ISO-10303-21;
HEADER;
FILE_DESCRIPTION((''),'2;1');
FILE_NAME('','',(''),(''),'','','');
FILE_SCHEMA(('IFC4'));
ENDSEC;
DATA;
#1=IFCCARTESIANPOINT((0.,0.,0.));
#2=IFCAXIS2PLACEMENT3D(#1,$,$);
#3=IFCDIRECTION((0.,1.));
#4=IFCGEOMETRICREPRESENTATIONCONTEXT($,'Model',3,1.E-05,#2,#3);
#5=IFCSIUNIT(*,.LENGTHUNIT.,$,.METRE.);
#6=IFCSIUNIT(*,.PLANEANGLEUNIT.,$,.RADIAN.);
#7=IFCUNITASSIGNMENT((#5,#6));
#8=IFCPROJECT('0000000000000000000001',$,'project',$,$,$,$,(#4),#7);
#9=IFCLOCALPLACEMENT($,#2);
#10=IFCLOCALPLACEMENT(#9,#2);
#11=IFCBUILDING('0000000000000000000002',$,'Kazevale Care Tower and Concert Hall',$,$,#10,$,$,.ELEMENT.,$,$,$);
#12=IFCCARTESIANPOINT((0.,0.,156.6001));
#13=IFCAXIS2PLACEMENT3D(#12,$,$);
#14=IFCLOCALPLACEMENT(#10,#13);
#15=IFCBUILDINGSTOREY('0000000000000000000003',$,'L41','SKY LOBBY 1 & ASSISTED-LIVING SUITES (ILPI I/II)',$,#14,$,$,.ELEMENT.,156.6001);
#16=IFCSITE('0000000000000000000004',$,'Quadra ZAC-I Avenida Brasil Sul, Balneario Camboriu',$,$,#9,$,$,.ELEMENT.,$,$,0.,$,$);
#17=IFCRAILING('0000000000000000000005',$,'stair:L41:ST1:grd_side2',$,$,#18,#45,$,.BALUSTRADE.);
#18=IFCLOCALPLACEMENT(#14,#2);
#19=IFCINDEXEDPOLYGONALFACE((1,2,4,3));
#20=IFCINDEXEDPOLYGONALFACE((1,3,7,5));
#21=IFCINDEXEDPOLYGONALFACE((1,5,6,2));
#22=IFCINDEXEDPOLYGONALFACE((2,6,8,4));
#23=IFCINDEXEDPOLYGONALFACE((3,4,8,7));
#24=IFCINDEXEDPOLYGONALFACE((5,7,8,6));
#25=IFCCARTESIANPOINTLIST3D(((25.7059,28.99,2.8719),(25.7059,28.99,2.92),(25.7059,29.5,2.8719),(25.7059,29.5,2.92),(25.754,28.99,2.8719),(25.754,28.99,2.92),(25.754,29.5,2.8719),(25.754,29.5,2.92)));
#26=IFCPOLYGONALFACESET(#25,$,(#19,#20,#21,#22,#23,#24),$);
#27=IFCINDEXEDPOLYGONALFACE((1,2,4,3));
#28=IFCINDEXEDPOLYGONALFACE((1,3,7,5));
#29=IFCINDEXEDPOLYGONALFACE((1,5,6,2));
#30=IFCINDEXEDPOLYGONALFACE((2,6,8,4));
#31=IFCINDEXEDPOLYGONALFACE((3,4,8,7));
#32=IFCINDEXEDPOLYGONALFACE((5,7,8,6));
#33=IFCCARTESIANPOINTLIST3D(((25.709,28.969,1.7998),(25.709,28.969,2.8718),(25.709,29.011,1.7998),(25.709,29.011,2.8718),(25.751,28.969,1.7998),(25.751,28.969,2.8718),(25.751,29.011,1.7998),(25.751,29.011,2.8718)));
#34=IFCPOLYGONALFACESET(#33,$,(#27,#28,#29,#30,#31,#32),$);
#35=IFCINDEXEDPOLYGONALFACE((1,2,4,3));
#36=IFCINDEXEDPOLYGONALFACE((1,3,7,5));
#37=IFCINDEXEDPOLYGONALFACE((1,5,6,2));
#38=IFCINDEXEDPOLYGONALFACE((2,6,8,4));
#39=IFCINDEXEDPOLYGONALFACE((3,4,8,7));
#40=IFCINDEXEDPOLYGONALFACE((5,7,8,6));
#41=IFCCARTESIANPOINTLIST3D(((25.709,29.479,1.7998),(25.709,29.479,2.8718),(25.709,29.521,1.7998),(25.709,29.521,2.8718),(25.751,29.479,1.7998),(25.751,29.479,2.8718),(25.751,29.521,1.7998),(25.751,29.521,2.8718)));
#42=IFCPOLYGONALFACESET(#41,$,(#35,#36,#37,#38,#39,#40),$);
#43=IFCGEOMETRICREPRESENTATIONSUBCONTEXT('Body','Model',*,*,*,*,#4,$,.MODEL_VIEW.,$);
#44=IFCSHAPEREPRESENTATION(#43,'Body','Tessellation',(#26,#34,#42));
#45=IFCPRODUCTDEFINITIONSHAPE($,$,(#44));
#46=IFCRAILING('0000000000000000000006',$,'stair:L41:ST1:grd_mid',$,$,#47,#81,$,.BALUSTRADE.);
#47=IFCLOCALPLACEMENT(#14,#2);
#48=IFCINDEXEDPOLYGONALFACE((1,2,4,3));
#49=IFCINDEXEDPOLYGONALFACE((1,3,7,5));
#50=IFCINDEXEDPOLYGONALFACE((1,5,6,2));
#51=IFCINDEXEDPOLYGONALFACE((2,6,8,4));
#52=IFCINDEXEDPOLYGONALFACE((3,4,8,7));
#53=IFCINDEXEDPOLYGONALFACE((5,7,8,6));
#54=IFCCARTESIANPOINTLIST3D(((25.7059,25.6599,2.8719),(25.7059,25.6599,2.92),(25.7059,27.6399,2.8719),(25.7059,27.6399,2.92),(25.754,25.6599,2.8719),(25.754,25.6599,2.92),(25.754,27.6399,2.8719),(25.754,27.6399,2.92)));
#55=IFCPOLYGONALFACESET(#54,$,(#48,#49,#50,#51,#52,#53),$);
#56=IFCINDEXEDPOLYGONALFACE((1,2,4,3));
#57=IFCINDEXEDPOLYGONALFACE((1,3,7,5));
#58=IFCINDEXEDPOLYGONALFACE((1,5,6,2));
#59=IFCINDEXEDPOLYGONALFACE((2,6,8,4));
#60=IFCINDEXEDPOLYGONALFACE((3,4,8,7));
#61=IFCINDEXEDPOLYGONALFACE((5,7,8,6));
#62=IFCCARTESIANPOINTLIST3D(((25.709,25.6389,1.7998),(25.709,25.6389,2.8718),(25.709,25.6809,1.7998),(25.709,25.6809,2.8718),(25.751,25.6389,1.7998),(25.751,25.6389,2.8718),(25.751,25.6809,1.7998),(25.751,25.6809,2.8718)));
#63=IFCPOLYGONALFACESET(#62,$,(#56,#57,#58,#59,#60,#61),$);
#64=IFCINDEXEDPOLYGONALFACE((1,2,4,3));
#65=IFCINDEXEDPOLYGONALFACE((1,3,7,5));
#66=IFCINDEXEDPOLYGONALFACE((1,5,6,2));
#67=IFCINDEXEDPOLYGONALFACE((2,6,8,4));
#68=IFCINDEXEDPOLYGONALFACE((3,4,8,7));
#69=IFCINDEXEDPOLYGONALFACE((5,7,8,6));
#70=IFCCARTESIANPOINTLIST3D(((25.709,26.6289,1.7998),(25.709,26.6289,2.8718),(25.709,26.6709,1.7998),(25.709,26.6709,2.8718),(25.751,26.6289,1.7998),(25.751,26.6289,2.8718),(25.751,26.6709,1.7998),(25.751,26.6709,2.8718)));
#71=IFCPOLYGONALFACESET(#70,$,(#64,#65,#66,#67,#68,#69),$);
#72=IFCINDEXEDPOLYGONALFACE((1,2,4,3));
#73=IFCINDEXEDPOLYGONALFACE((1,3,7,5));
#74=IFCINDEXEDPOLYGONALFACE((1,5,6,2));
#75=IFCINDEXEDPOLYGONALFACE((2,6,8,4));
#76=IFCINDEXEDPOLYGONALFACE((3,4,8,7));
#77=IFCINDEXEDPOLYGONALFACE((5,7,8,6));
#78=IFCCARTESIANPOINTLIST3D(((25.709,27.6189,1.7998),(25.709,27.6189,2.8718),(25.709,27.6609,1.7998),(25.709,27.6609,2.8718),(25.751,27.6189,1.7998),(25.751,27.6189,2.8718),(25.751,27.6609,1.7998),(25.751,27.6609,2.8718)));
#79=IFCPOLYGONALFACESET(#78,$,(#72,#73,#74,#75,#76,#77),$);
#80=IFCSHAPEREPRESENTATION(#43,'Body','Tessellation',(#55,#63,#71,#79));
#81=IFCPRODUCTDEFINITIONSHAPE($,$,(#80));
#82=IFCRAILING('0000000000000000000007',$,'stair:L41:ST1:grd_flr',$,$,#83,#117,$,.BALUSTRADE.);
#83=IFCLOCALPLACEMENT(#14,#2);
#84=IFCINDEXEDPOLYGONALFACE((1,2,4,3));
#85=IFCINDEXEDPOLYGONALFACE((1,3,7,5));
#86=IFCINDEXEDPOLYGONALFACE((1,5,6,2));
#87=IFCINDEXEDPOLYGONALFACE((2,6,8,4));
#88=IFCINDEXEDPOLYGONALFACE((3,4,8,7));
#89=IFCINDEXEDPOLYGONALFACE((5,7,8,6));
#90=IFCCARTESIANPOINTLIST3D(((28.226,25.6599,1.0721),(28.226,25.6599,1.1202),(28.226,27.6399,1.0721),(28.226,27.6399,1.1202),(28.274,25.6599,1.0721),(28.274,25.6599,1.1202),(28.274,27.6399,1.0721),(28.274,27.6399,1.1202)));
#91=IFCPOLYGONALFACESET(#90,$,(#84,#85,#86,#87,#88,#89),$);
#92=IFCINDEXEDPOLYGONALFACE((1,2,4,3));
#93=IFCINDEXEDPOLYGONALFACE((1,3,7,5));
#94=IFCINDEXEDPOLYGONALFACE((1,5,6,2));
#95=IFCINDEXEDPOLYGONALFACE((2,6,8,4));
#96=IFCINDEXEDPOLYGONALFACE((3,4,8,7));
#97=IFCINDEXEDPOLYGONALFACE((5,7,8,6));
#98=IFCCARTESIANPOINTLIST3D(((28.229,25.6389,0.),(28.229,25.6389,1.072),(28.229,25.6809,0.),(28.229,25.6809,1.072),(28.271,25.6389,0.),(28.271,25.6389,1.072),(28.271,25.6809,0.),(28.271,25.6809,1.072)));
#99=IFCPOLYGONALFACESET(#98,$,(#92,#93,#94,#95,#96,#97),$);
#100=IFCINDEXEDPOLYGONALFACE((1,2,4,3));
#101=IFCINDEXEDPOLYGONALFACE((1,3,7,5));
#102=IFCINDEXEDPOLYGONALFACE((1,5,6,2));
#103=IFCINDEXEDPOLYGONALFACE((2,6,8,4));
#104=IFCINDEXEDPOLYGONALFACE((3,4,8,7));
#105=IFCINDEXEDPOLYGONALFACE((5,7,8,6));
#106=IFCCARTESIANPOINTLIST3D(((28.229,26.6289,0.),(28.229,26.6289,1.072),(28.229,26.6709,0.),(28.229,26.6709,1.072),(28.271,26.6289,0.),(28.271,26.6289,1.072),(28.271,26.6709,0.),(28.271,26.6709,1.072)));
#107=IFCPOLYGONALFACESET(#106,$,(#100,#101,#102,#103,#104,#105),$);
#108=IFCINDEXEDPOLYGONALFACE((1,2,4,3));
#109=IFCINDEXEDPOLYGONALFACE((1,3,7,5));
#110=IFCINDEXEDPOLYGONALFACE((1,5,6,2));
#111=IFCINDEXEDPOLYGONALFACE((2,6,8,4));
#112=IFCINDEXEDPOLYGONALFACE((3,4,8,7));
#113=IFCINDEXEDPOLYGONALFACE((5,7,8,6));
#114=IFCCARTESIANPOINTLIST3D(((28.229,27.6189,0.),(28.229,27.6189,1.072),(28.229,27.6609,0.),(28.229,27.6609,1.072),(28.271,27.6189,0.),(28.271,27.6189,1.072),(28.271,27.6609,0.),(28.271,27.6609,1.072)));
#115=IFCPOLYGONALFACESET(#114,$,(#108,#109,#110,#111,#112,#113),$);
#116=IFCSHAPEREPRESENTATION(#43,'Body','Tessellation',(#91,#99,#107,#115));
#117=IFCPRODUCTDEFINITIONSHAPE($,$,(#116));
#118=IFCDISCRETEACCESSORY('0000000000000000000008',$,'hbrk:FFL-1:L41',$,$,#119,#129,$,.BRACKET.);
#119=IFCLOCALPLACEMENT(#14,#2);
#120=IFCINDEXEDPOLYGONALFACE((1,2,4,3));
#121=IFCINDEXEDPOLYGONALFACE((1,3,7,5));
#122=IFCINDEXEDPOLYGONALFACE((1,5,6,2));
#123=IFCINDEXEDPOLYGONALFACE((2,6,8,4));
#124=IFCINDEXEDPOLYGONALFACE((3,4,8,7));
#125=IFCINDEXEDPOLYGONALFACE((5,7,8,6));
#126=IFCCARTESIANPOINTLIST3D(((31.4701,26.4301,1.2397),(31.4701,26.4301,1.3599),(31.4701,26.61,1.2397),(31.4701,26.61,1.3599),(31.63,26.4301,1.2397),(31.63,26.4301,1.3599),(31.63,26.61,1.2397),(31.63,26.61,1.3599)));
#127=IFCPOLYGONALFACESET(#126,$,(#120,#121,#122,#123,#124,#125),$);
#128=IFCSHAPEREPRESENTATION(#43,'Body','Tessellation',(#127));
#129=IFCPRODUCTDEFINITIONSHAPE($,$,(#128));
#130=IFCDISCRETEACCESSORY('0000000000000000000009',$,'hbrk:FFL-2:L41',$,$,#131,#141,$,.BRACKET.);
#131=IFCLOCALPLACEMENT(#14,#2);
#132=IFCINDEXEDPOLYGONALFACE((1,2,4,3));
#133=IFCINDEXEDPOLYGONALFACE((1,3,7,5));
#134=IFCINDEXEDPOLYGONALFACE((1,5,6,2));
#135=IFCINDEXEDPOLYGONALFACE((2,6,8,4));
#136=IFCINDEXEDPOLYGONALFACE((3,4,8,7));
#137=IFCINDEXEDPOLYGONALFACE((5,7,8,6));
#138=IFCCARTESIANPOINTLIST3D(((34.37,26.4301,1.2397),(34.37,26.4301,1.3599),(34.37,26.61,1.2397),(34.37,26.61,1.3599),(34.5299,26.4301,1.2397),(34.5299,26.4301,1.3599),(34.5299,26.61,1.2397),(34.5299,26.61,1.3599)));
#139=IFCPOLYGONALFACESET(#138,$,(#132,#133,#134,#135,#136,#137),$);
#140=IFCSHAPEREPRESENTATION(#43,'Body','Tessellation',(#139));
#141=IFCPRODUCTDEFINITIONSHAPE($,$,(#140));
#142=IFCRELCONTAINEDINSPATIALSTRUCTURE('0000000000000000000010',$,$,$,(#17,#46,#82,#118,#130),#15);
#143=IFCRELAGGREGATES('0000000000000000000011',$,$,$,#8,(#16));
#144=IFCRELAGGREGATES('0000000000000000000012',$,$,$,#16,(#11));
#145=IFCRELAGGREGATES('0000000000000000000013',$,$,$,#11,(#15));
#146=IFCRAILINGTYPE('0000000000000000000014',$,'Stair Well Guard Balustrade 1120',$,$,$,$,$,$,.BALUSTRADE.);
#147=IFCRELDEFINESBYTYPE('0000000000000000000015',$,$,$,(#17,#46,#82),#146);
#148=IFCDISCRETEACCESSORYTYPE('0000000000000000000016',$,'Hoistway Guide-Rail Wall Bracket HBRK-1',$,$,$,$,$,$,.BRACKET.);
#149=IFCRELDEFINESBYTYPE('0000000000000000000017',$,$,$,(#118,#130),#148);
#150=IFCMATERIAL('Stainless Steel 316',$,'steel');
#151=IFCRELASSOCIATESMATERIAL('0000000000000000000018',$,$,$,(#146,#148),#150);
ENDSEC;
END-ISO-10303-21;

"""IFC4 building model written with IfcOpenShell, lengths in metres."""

from ifc_helpers import new_model, si_unit, direction, frame, origin, origin_2d, place, context, subcontext, project, spatial, rectangle, extrude, material, type_object, element, save


model = new_model("IFC4")

# Units and contexts
model_context = context("Model", 3, precision=1e-05, world=origin(), true_north=direction((0.0, 1.0)))
body_context = subcontext(model_context, "Body", "Model", "MODEL_VIEW")
ifc_project = project(units=[si_unit("LENGTHUNIT", "METRE"), si_unit("PLANEANGLEUNIT", "RADIAN")], contexts=[model_context])

# Site, building, storey
site_placement = place(None, origin())
site = spatial("IfcSite", under=ifc_project, at=site_placement, Name="Quadra ZAC-I Avenida Brasil Sul, Balneario Camboriu", CompositionType="ELEMENT", RefElevation=0.0)
building_placement = place(site_placement, origin())
building = spatial("IfcBuilding", under=site, at=building_placement, Name="Kazevale Care Tower and Concert Hall", CompositionType="ELEMENT")
storey_placement = place(building_placement, frame((0.0, 0.0, 156.6001)))
storey = spatial("IfcBuildingStorey", under=building, at=storey_placement, Name="L41", Description="SKY LOBBY 1 & ASSISTED-LIVING SUITES (ILPI I/II)", CompositionType="ELEMENT", Elevation=156.6001)

# Shared definitions
ifc_material_1 = material(Name="Stainless Steel 316", Category="steel")

# Railings
railing_type_1 = type_object("IfcRailingType", Name="Stair Well Guard Balustrade 1120", PredefinedType="BALUSTRADE", material=ifc_material_1)
railing_1_placement = place(storey_placement, frame((25.73, 28.99, 1.7998)))
element("IfcRailing", 1, at=railing_1_placement, inside=storey, type_object=railing_type_1, Name="stair:L41:ST1:grd_side2", PredefinedType="BALUSTRADE", context=body_context, shape_type="SweptSolid", body=[
    extrude(rectangle(XDim=0.0481, YDim=0.0481, at=origin_2d()), frame((0.0, 0.0, 1.0962), z_axis=(0.0, 1.0, 0.0), x_axis=(-1.0, 0.0, 0.0)), (0.0, 0.0, 1.0), 0.51),
    extrude(rectangle(XDim=0.042, YDim=0.042, at=origin_2d()), origin(), (0.0, 0.0, 1.0), 1.072),
    extrude(rectangle(XDim=0.042, YDim=0.042, at=origin_2d()), frame((0.0, 0.51, 0.0)), (0.0, 0.0, 1.0), 1.072),
])
for number, where, name in (
    (2, (25.73, 25.6599, 1.7998), "stair:L41:ST1:grd_mid"),
    (3, (28.25, 25.6599, 0.0), "stair:L41:ST1:grd_flr"),
):
    element("IfcRailing", number, at=place(storey_placement, frame(where)), inside=storey, type_object=railing_type_1, Name=name, PredefinedType="BALUSTRADE", context=body_context, shape_type="SweptSolid", body=[
        extrude(rectangle(XDim=0.0481, YDim=0.0481, at=origin_2d()), frame((0.0, 0.0, 1.0962), z_axis=(0.0, 1.0, 0.0), x_axis=(-1.0, 0.0, 0.0)), (0.0, 0.0, 1.0), 1.98),
        extrude(rectangle(XDim=0.042, YDim=0.042, at=origin_2d()), origin(), (0.0, 0.0, 1.0), 1.072),
        extrude(rectangle(XDim=0.042, YDim=0.042, at=origin_2d()), frame((0.0, 0.99, 0.0)), (0.0, 0.0, 1.0), 1.072),
        extrude(rectangle(XDim=0.042, YDim=0.042, at=origin_2d()), frame((0.0, 1.98, 0.0)), (0.0, 0.0, 1.0), 1.072),
    ])

# Discrete accessories
discrete_accessory_type = type_object("IfcDiscreteAccessoryType", Name="Hoistway Guide-Rail Wall Bracket HBRK-1", PredefinedType="BRACKET", material=ifc_material_1)
for number, where, z_axis, x_axis, name in (
    (4, (31.55, 26.52, 1.2397), (0.0, 0.0, 1.0), (1.0, 0.0, 0.0), "hbrk:FFL-1:L41"),
    (5, (34.45, 26.52, 1.2397), (0.0, 0.0, 1.0), (1.0, 0.0, 0.0), "hbrk:FFL-2:L41"),
):
    element("IfcDiscreteAccessory", number, at=place(storey_placement, frame(where, z_axis=z_axis, x_axis=x_axis)), inside=storey, type_object=discrete_accessory_type, Name=name, PredefinedType="BRACKET", context=body_context, shape_type="SweptSolid", body=[
        extrude(rectangle(XDim=0.1599, YDim=0.1799, at=origin_2d()), origin(), (0.0, 0.0, 1.0), 0.1201),
    ])

save(model, "model.ifc")
